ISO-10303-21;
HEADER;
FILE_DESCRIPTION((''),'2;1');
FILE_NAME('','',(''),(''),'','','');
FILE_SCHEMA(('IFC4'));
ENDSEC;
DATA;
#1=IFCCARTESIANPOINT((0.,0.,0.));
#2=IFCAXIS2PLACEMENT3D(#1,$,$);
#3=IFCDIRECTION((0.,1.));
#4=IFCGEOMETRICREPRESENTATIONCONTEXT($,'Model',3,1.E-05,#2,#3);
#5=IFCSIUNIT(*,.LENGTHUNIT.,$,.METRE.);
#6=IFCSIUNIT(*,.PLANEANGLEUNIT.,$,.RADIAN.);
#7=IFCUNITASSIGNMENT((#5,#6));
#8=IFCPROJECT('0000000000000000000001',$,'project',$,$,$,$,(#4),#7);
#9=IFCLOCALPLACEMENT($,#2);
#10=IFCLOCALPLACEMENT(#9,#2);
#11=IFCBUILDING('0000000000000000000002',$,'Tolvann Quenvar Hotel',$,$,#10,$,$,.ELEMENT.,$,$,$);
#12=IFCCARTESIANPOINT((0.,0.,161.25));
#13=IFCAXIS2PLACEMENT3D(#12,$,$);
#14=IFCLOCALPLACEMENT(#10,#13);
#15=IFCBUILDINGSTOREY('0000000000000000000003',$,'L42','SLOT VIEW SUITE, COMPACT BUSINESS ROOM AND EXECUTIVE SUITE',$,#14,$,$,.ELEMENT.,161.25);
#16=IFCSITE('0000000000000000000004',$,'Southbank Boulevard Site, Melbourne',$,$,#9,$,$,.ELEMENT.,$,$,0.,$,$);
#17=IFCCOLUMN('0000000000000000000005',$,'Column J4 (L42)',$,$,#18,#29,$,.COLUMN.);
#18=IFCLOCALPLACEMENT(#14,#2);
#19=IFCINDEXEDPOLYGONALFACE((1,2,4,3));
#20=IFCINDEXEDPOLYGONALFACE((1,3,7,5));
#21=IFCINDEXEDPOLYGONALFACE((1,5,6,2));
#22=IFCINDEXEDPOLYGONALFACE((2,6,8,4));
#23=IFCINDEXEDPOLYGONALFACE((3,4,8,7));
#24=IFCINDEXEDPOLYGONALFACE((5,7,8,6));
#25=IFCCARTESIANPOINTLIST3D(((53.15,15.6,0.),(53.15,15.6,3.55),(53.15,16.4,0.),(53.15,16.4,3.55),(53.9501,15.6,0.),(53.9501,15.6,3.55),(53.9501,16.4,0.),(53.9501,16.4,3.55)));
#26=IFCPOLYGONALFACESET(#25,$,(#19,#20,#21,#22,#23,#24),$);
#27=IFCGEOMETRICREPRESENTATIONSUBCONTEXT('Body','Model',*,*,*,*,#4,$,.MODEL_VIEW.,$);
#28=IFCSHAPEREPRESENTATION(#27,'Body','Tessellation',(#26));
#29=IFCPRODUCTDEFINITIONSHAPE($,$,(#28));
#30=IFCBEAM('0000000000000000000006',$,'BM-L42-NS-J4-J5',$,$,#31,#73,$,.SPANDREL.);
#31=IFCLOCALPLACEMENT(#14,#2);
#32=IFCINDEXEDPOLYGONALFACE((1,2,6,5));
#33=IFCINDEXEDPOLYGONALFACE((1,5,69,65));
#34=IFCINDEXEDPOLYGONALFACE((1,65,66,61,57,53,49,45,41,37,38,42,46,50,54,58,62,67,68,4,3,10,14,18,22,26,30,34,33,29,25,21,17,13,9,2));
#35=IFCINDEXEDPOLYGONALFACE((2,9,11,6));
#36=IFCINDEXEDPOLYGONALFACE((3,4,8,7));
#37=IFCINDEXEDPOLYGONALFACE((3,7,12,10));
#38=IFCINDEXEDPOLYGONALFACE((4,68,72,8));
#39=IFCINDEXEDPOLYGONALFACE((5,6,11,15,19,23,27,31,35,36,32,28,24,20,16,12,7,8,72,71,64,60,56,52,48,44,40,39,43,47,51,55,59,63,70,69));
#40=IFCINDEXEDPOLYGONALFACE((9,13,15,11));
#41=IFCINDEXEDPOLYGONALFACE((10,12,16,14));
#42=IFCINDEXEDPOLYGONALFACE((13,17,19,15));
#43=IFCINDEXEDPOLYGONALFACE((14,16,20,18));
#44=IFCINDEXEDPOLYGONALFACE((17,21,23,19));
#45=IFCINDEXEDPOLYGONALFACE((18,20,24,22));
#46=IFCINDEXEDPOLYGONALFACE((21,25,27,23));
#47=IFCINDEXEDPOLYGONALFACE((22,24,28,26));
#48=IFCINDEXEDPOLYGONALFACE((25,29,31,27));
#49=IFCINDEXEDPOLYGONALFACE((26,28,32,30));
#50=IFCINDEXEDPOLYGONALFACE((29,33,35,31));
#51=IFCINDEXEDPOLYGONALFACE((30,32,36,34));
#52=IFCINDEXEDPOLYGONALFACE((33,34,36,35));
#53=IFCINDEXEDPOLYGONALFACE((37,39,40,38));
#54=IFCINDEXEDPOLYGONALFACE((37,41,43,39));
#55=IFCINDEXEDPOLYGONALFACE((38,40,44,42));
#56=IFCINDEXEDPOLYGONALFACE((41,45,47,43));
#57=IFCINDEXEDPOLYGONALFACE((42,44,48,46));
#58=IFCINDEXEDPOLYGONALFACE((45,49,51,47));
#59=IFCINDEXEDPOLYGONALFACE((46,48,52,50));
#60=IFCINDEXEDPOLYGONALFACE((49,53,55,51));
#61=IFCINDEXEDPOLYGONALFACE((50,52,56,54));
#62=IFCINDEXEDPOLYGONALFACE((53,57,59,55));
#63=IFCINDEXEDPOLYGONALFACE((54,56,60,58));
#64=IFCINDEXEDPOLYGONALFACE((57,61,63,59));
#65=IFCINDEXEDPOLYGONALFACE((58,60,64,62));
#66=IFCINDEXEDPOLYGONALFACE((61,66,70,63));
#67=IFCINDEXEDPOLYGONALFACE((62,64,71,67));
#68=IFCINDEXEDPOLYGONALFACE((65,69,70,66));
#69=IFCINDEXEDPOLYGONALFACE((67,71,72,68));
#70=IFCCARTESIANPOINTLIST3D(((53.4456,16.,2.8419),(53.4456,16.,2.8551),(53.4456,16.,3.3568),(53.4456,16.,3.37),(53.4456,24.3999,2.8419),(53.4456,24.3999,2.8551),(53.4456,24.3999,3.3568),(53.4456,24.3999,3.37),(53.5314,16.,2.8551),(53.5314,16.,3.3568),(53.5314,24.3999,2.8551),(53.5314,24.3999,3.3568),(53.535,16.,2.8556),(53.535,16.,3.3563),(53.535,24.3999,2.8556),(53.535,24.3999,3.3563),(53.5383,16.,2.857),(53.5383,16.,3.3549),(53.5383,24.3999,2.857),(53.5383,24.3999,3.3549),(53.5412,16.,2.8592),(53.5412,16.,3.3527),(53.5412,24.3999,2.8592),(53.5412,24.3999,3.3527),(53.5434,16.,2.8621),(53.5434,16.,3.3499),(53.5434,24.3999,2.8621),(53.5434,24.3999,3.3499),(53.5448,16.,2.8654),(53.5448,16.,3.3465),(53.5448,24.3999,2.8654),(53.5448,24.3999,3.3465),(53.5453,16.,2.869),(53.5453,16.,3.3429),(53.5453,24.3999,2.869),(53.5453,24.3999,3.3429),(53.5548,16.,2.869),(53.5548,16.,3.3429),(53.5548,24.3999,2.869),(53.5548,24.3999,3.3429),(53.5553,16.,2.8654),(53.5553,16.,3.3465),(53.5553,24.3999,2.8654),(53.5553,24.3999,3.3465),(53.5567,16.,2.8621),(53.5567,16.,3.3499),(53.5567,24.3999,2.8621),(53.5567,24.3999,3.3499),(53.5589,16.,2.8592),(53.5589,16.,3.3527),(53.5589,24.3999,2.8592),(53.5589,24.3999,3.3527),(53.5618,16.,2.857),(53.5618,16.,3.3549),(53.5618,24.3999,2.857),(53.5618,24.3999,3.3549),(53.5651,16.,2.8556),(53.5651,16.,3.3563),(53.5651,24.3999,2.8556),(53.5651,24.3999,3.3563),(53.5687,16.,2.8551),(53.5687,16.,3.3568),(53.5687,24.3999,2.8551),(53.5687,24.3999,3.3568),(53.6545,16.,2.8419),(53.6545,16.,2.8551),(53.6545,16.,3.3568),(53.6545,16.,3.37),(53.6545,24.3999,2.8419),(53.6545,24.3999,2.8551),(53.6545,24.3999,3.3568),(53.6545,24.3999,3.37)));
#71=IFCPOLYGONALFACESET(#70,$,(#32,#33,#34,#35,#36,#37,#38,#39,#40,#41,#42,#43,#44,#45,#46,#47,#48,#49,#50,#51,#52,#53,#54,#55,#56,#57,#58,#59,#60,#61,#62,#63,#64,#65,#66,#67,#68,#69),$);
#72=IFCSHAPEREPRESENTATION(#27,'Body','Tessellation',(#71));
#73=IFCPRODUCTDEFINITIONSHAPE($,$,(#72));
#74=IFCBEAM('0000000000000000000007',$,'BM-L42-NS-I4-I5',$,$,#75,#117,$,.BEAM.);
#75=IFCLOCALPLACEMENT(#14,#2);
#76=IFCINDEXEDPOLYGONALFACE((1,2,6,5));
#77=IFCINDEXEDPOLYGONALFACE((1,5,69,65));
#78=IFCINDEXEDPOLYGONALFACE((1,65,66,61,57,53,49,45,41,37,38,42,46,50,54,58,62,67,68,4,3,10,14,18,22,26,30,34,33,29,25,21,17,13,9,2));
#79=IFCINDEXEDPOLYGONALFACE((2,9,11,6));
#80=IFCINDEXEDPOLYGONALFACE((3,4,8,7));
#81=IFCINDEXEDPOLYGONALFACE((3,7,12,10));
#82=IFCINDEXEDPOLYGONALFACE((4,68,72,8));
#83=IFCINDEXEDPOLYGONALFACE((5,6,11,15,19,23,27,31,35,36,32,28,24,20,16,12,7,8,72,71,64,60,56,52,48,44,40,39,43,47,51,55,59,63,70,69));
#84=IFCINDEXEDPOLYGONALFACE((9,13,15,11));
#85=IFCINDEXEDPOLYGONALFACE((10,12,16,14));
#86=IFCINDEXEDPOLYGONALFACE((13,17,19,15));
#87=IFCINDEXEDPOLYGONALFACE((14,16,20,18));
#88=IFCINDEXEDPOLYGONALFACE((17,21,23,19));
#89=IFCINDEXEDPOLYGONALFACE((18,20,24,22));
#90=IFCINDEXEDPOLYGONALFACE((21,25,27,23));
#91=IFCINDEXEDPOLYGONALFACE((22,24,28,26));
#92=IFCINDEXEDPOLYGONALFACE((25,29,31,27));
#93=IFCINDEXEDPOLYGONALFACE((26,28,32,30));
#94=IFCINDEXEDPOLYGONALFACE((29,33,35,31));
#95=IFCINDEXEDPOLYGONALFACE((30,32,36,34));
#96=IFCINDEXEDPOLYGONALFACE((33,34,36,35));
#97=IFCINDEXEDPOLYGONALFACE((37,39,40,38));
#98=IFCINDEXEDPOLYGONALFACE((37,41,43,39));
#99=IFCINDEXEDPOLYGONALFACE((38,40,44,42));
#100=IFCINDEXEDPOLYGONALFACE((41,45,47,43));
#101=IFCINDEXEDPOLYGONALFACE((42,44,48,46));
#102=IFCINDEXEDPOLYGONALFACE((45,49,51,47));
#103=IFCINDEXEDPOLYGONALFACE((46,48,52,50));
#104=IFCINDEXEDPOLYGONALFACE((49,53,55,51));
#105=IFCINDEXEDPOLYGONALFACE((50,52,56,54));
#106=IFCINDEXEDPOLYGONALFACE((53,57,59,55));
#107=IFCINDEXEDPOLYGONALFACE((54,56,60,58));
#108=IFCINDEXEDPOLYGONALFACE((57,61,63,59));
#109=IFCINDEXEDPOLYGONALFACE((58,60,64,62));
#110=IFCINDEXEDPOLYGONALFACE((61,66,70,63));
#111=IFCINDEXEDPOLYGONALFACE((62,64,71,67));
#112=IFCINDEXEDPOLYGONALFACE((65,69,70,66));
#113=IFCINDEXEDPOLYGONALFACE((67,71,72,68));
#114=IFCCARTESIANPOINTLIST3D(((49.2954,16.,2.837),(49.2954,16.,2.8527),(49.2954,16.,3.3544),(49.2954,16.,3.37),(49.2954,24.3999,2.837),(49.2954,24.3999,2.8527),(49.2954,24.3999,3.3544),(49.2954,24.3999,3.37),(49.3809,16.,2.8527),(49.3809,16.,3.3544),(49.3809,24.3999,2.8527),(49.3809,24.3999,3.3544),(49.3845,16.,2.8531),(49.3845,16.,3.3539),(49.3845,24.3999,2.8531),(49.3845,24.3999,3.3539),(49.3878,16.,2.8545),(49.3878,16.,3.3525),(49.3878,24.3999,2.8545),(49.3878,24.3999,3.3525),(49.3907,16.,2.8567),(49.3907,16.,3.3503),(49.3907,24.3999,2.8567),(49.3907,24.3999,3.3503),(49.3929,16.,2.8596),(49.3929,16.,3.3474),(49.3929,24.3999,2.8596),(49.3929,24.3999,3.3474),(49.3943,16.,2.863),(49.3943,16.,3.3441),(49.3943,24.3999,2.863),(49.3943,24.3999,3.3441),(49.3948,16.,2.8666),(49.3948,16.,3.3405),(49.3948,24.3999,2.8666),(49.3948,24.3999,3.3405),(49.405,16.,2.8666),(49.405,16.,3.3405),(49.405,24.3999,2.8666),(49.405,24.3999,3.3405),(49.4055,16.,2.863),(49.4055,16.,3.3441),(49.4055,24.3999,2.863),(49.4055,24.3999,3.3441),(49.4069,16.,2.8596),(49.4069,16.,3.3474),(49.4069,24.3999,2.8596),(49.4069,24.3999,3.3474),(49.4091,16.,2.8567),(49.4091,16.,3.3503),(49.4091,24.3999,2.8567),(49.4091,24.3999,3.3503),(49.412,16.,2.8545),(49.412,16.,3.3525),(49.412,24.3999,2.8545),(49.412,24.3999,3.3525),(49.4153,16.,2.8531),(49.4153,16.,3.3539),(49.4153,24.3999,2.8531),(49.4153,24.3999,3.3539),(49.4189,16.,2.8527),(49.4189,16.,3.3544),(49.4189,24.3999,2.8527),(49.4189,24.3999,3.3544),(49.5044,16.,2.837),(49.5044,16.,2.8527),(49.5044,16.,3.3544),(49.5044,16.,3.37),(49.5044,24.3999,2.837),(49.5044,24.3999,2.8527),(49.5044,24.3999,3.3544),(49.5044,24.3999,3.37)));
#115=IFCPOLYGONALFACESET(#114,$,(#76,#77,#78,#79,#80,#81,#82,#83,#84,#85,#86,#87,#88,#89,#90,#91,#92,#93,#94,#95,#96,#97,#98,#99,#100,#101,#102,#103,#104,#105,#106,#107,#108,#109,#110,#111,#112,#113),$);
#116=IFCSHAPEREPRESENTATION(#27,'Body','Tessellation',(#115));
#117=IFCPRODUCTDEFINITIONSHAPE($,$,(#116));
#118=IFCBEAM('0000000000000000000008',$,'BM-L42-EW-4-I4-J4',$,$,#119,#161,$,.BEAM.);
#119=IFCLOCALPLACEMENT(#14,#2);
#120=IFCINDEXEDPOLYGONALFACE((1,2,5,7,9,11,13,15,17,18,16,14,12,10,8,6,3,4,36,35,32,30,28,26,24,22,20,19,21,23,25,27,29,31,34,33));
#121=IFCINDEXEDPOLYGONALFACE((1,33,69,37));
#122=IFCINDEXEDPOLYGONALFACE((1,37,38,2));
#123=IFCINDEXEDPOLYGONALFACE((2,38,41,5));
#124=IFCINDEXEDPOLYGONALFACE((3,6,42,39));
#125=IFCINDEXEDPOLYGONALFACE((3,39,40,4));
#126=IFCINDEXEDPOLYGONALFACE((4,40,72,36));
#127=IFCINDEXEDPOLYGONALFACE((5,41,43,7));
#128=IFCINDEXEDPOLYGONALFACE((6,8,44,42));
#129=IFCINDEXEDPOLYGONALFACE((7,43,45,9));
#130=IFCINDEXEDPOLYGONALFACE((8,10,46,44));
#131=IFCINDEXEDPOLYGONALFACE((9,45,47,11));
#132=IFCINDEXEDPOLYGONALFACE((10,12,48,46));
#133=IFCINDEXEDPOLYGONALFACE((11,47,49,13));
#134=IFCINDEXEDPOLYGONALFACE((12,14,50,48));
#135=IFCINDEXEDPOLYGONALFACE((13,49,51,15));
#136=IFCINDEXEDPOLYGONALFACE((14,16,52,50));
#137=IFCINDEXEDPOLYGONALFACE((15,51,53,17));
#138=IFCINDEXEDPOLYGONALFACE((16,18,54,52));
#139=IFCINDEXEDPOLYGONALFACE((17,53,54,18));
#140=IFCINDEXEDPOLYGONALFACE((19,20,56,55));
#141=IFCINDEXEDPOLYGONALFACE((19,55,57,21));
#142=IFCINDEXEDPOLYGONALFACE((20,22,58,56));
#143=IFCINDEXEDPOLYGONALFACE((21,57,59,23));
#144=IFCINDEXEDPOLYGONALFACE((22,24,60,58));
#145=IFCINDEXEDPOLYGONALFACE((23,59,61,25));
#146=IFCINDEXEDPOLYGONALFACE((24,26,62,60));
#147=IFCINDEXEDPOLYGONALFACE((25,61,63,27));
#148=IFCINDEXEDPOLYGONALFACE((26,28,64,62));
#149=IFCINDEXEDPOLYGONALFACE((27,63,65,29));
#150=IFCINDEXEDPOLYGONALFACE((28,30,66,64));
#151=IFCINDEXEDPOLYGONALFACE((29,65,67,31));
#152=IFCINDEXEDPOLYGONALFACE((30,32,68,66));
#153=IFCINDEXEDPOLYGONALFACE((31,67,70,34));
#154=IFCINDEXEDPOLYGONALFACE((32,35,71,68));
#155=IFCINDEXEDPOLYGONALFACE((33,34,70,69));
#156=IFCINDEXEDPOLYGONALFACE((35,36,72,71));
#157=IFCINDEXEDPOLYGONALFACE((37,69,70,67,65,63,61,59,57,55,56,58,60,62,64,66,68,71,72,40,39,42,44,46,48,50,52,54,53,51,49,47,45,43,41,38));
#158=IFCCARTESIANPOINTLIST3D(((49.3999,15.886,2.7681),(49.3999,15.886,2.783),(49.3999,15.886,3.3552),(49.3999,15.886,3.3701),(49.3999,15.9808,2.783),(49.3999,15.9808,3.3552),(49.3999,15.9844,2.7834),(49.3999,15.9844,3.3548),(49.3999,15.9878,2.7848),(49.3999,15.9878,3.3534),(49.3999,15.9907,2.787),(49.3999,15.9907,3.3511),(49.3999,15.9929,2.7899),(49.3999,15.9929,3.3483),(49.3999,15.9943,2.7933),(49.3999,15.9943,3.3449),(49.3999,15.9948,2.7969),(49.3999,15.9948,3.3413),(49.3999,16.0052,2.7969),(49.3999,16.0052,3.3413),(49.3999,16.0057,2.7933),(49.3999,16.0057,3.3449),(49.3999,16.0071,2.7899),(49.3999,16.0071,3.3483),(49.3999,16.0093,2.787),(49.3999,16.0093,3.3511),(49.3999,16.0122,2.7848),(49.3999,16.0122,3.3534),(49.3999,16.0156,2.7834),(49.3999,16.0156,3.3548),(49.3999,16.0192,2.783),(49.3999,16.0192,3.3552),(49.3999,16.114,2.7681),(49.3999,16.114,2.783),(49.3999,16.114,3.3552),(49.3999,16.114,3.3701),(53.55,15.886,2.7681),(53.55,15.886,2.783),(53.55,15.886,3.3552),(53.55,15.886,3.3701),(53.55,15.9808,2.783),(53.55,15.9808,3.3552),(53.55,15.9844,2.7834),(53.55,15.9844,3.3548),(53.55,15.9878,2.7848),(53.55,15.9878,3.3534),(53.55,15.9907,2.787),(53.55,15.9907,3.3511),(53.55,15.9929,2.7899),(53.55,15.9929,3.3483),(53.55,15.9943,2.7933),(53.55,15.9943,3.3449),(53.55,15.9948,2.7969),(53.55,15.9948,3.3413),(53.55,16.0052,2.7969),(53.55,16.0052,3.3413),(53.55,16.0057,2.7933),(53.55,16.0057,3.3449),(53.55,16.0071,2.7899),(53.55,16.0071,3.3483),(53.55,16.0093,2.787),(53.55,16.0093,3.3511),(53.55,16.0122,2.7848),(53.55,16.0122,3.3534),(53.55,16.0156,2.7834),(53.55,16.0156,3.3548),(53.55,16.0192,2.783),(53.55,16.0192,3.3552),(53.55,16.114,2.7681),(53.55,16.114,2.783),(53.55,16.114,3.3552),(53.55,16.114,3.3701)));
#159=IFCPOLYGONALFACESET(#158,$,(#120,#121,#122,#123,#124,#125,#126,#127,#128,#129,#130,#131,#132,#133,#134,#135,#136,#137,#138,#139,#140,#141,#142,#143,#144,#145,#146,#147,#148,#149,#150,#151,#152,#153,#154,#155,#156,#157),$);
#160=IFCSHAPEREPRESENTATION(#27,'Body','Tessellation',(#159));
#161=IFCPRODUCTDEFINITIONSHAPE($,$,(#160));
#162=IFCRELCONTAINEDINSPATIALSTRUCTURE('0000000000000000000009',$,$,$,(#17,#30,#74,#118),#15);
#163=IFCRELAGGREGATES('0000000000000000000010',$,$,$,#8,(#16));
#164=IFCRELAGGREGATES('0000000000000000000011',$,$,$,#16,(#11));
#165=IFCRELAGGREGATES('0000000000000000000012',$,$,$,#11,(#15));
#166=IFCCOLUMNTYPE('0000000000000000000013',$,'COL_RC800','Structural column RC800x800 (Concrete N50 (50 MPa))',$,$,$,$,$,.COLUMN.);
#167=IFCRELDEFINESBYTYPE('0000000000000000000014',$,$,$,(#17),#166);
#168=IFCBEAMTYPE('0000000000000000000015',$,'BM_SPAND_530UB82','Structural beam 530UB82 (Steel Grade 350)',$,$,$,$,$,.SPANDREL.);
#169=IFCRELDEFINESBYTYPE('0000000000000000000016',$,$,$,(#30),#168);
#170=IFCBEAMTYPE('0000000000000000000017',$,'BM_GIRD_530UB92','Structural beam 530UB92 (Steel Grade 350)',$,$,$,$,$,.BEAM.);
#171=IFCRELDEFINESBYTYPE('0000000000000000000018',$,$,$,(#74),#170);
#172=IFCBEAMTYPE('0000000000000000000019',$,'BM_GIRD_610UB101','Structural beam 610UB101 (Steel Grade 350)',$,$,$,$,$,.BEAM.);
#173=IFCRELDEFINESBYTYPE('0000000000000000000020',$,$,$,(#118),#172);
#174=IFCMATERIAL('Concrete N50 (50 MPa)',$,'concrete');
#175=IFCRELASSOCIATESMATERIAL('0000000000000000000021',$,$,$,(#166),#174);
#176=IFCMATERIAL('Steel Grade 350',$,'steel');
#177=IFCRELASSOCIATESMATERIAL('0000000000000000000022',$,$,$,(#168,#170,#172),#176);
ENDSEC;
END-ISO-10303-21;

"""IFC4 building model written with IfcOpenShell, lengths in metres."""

from ifc_helpers import new_model, si_unit, direction, frame, origin, origin_2d, place, context, subcontext, project, spatial, rectangle, i_section, extrude, source, transform, mapped, material, material_profile, profile_set, type_object, type_shapes, element, save


model = new_model("IFC4")

# Units and contexts
model_context = context("Model", 3, precision=1e-05, world=origin(), true_north=direction((0.0, 1.0)))
body_context = subcontext(model_context, "Body", "Model", "MODEL_VIEW")
ifc_project = project(units=[si_unit("LENGTHUNIT", "METRE"), si_unit("PLANEANGLEUNIT", "RADIAN")], contexts=[model_context])

# Site, building, storey
site_placement = place(None, origin())
site = spatial("IfcSite", under=ifc_project, at=site_placement, Name="Southbank Boulevard Site, Melbourne", CompositionType="ELEMENT", RefElevation=0.0)
building_placement = place(site_placement, origin())
building = spatial("IfcBuilding", under=site, at=building_placement, Name="Tolvann Quenvar Hotel", CompositionType="ELEMENT")
storey_placement = place(building_placement, frame((0.0, 0.0, 161.25)))
storey = spatial("IfcBuildingStorey", under=building, at=storey_placement, Name="L42", Description="SLOT VIEW SUITE, COMPACT BUSINESS ROOM AND EXECUTIVE SUITE", CompositionType="ELEMENT", Elevation=161.25)

# Column
ifc_material_1 = material(Name="Concrete N50 (50 MPa)", Category="concrete")
ifc_material_profile_1 = material_profile(ifc_material_1, rectangle(XDim=0.8, YDim=0.8, at=origin_2d()), Name="RC800x800")
ifc_profile_set_1 = profile_set([ifc_material_profile_1], Name="Concrete N50 (50 MPa)")
column_type = type_object("IfcColumnType", Name="COL_RC800", Description="Structural column RC800x800 (Concrete N50 (50 MPa))", PredefinedType="COLUMN", material=ifc_profile_set_1)
shared_shape_1 = source(origin(), body_context, "Body", "SweptSolid", [
    extrude(rectangle(XDim=0.8, YDim=0.8, at=origin_2d()), origin(), (0.0, 0.0, 1.0), 3.55),
])
type_shapes(column_type, [shared_shape_1])
column_placement = place(storey_placement, frame((53.55, 16.0, 0.0), z_axis=(0.0, 0.0, 1.0), x_axis=(1.0, 0.0, 0.0)))
element("IfcColumn", 1, at=column_placement, inside=storey, type_object=column_type, Name="Column J4 (L42)", PredefinedType="COLUMN", context=body_context, shape_type="MappedRepresentation", body=[
    mapped(shared_shape_1, transform((0.0, 0.0, 0.0), x_axis=(1.0, 0.0, 0.0), y_axis=(0.0, 1.0, 0.0), z_axis=(0.0, 0.0, 1.0), scale=1.0)),
])

# Beams
ifc_material_2 = material(Name="Steel Grade 350", Category="steel")
ifc_material_profile_2 = material_profile(ifc_material_2, i_section(OverallWidth=0.209, OverallDepth=0.5281, WebThickness=0.0095, FlangeThickness=0.0132, FilletRadius=0.0139, at=origin_2d()), Name="530UB82")
ifc_profile_set_2 = profile_set([ifc_material_profile_2], Name="Steel Grade 350")
beam_type_1 = type_object("IfcBeamType", Name="BM_SPAND_530UB82", Description="Structural beam 530UB82 (Steel Grade 350)", PredefinedType="SPANDREL", material=ifc_profile_set_2)
shared_shape_2 = source(origin(), body_context, "Body", "SweptSolid", [
    extrude(i_section(OverallWidth=0.209, OverallDepth=0.5281, WebThickness=0.0095, FlangeThickness=0.0132, FilletRadius=0.0139, at=origin_2d()), origin(), (0.0, 0.0, 1.0), 8.3999),
])
type_shapes(beam_type_1, [shared_shape_2])
beam_1_placement = place(storey_placement, frame((53.55, 16.0, 3.106), z_axis=(0.0, 1.0, 0.0), x_axis=(-1.0, 0.0, 0.0)))
element("IfcBeam", 2, at=beam_1_placement, inside=storey, type_object=beam_type_1, Name="BM-L42-NS-J4-J5", PredefinedType="SPANDREL", context=body_context, shape_type="MappedRepresentation", body=[
    mapped(shared_shape_2, transform((0.0, 0.0, 0.0), x_axis=(1.0, 0.0, 0.0), y_axis=(0.0, 1.0, 0.0), z_axis=(0.0, 0.0, 1.0), scale=1.0)),
])
ifc_material_profile_3 = material_profile(ifc_material_2, i_section(OverallWidth=0.209, OverallDepth=0.533, WebThickness=0.0103, FlangeThickness=0.0156, FilletRadius=0.0139, at=origin_2d()), Name="530UB92")
ifc_profile_set_3 = profile_set([ifc_material_profile_3], Name="Steel Grade 350")
beam_type_2 = type_object("IfcBeamType", Name="BM_GIRD_530UB92", Description="Structural beam 530UB92 (Steel Grade 350)", PredefinedType="BEAM", material=ifc_profile_set_3)
shared_shape_3 = source(origin(), body_context, "Body", "SweptSolid", [
    extrude(i_section(OverallWidth=0.209, OverallDepth=0.533, WebThickness=0.0103, FlangeThickness=0.0156, FilletRadius=0.0139, at=origin_2d()), origin(), (0.0, 0.0, 1.0), 8.3999),
])
type_shapes(beam_type_2, [shared_shape_3])
beam_2_placement = place(storey_placement, frame((49.3999, 16.0, 3.1035), z_axis=(0.0, 1.0, 0.0), x_axis=(-1.0, 0.0, 0.0)))
element("IfcBeam", 3, at=beam_2_placement, inside=storey, type_object=beam_type_2, Name="BM-L42-NS-I4-I5", PredefinedType="BEAM", context=body_context, shape_type="MappedRepresentation", body=[
    mapped(shared_shape_3, transform((0.0, 0.0, 0.0), x_axis=(1.0, 0.0, 0.0), y_axis=(0.0, 1.0, 0.0), z_axis=(0.0, 0.0, 1.0), scale=1.0)),
])
ifc_material_profile_4 = material_profile(ifc_material_2, i_section(OverallWidth=0.228, OverallDepth=0.6021, WebThickness=0.0105, FlangeThickness=0.0149, FilletRadius=0.0139, at=origin_2d()), Name="610UB101")
ifc_profile_set_4 = profile_set([ifc_material_profile_4], Name="Steel Grade 350")
beam_type_3 = type_object("IfcBeamType", Name="BM_GIRD_610UB101", Description="Structural beam 610UB101 (Steel Grade 350)", PredefinedType="BEAM", material=ifc_profile_set_4)
shared_shape_4 = source(origin(), body_context, "Body", "SweptSolid", [
    extrude(i_section(OverallWidth=0.228, OverallDepth=0.6021, WebThickness=0.0105, FlangeThickness=0.0149, FilletRadius=0.0139, at=origin_2d()), origin(), (0.0, 0.0, 1.0), 4.1501),
])
type_shapes(beam_type_3, [shared_shape_4])
beam_3_placement = place(storey_placement, frame((49.3999, 16.0, 3.0691), z_axis=(1.0, 0.0, 0.0), x_axis=(0.0, 1.0, 0.0)))
element("IfcBeam", 4, at=beam_3_placement, inside=storey, type_object=beam_type_3, Name="BM-L42-EW-4-I4-J4", PredefinedType="BEAM", context=body_context, shape_type="MappedRepresentation", body=[
    mapped(shared_shape_4, transform((0.0, 0.0, 0.0), x_axis=(1.0, 0.0, 0.0), y_axis=(0.0, 1.0, 0.0), z_axis=(0.0, 0.0, 1.0), scale=1.0)),
])

save(model, "model.ifc")
